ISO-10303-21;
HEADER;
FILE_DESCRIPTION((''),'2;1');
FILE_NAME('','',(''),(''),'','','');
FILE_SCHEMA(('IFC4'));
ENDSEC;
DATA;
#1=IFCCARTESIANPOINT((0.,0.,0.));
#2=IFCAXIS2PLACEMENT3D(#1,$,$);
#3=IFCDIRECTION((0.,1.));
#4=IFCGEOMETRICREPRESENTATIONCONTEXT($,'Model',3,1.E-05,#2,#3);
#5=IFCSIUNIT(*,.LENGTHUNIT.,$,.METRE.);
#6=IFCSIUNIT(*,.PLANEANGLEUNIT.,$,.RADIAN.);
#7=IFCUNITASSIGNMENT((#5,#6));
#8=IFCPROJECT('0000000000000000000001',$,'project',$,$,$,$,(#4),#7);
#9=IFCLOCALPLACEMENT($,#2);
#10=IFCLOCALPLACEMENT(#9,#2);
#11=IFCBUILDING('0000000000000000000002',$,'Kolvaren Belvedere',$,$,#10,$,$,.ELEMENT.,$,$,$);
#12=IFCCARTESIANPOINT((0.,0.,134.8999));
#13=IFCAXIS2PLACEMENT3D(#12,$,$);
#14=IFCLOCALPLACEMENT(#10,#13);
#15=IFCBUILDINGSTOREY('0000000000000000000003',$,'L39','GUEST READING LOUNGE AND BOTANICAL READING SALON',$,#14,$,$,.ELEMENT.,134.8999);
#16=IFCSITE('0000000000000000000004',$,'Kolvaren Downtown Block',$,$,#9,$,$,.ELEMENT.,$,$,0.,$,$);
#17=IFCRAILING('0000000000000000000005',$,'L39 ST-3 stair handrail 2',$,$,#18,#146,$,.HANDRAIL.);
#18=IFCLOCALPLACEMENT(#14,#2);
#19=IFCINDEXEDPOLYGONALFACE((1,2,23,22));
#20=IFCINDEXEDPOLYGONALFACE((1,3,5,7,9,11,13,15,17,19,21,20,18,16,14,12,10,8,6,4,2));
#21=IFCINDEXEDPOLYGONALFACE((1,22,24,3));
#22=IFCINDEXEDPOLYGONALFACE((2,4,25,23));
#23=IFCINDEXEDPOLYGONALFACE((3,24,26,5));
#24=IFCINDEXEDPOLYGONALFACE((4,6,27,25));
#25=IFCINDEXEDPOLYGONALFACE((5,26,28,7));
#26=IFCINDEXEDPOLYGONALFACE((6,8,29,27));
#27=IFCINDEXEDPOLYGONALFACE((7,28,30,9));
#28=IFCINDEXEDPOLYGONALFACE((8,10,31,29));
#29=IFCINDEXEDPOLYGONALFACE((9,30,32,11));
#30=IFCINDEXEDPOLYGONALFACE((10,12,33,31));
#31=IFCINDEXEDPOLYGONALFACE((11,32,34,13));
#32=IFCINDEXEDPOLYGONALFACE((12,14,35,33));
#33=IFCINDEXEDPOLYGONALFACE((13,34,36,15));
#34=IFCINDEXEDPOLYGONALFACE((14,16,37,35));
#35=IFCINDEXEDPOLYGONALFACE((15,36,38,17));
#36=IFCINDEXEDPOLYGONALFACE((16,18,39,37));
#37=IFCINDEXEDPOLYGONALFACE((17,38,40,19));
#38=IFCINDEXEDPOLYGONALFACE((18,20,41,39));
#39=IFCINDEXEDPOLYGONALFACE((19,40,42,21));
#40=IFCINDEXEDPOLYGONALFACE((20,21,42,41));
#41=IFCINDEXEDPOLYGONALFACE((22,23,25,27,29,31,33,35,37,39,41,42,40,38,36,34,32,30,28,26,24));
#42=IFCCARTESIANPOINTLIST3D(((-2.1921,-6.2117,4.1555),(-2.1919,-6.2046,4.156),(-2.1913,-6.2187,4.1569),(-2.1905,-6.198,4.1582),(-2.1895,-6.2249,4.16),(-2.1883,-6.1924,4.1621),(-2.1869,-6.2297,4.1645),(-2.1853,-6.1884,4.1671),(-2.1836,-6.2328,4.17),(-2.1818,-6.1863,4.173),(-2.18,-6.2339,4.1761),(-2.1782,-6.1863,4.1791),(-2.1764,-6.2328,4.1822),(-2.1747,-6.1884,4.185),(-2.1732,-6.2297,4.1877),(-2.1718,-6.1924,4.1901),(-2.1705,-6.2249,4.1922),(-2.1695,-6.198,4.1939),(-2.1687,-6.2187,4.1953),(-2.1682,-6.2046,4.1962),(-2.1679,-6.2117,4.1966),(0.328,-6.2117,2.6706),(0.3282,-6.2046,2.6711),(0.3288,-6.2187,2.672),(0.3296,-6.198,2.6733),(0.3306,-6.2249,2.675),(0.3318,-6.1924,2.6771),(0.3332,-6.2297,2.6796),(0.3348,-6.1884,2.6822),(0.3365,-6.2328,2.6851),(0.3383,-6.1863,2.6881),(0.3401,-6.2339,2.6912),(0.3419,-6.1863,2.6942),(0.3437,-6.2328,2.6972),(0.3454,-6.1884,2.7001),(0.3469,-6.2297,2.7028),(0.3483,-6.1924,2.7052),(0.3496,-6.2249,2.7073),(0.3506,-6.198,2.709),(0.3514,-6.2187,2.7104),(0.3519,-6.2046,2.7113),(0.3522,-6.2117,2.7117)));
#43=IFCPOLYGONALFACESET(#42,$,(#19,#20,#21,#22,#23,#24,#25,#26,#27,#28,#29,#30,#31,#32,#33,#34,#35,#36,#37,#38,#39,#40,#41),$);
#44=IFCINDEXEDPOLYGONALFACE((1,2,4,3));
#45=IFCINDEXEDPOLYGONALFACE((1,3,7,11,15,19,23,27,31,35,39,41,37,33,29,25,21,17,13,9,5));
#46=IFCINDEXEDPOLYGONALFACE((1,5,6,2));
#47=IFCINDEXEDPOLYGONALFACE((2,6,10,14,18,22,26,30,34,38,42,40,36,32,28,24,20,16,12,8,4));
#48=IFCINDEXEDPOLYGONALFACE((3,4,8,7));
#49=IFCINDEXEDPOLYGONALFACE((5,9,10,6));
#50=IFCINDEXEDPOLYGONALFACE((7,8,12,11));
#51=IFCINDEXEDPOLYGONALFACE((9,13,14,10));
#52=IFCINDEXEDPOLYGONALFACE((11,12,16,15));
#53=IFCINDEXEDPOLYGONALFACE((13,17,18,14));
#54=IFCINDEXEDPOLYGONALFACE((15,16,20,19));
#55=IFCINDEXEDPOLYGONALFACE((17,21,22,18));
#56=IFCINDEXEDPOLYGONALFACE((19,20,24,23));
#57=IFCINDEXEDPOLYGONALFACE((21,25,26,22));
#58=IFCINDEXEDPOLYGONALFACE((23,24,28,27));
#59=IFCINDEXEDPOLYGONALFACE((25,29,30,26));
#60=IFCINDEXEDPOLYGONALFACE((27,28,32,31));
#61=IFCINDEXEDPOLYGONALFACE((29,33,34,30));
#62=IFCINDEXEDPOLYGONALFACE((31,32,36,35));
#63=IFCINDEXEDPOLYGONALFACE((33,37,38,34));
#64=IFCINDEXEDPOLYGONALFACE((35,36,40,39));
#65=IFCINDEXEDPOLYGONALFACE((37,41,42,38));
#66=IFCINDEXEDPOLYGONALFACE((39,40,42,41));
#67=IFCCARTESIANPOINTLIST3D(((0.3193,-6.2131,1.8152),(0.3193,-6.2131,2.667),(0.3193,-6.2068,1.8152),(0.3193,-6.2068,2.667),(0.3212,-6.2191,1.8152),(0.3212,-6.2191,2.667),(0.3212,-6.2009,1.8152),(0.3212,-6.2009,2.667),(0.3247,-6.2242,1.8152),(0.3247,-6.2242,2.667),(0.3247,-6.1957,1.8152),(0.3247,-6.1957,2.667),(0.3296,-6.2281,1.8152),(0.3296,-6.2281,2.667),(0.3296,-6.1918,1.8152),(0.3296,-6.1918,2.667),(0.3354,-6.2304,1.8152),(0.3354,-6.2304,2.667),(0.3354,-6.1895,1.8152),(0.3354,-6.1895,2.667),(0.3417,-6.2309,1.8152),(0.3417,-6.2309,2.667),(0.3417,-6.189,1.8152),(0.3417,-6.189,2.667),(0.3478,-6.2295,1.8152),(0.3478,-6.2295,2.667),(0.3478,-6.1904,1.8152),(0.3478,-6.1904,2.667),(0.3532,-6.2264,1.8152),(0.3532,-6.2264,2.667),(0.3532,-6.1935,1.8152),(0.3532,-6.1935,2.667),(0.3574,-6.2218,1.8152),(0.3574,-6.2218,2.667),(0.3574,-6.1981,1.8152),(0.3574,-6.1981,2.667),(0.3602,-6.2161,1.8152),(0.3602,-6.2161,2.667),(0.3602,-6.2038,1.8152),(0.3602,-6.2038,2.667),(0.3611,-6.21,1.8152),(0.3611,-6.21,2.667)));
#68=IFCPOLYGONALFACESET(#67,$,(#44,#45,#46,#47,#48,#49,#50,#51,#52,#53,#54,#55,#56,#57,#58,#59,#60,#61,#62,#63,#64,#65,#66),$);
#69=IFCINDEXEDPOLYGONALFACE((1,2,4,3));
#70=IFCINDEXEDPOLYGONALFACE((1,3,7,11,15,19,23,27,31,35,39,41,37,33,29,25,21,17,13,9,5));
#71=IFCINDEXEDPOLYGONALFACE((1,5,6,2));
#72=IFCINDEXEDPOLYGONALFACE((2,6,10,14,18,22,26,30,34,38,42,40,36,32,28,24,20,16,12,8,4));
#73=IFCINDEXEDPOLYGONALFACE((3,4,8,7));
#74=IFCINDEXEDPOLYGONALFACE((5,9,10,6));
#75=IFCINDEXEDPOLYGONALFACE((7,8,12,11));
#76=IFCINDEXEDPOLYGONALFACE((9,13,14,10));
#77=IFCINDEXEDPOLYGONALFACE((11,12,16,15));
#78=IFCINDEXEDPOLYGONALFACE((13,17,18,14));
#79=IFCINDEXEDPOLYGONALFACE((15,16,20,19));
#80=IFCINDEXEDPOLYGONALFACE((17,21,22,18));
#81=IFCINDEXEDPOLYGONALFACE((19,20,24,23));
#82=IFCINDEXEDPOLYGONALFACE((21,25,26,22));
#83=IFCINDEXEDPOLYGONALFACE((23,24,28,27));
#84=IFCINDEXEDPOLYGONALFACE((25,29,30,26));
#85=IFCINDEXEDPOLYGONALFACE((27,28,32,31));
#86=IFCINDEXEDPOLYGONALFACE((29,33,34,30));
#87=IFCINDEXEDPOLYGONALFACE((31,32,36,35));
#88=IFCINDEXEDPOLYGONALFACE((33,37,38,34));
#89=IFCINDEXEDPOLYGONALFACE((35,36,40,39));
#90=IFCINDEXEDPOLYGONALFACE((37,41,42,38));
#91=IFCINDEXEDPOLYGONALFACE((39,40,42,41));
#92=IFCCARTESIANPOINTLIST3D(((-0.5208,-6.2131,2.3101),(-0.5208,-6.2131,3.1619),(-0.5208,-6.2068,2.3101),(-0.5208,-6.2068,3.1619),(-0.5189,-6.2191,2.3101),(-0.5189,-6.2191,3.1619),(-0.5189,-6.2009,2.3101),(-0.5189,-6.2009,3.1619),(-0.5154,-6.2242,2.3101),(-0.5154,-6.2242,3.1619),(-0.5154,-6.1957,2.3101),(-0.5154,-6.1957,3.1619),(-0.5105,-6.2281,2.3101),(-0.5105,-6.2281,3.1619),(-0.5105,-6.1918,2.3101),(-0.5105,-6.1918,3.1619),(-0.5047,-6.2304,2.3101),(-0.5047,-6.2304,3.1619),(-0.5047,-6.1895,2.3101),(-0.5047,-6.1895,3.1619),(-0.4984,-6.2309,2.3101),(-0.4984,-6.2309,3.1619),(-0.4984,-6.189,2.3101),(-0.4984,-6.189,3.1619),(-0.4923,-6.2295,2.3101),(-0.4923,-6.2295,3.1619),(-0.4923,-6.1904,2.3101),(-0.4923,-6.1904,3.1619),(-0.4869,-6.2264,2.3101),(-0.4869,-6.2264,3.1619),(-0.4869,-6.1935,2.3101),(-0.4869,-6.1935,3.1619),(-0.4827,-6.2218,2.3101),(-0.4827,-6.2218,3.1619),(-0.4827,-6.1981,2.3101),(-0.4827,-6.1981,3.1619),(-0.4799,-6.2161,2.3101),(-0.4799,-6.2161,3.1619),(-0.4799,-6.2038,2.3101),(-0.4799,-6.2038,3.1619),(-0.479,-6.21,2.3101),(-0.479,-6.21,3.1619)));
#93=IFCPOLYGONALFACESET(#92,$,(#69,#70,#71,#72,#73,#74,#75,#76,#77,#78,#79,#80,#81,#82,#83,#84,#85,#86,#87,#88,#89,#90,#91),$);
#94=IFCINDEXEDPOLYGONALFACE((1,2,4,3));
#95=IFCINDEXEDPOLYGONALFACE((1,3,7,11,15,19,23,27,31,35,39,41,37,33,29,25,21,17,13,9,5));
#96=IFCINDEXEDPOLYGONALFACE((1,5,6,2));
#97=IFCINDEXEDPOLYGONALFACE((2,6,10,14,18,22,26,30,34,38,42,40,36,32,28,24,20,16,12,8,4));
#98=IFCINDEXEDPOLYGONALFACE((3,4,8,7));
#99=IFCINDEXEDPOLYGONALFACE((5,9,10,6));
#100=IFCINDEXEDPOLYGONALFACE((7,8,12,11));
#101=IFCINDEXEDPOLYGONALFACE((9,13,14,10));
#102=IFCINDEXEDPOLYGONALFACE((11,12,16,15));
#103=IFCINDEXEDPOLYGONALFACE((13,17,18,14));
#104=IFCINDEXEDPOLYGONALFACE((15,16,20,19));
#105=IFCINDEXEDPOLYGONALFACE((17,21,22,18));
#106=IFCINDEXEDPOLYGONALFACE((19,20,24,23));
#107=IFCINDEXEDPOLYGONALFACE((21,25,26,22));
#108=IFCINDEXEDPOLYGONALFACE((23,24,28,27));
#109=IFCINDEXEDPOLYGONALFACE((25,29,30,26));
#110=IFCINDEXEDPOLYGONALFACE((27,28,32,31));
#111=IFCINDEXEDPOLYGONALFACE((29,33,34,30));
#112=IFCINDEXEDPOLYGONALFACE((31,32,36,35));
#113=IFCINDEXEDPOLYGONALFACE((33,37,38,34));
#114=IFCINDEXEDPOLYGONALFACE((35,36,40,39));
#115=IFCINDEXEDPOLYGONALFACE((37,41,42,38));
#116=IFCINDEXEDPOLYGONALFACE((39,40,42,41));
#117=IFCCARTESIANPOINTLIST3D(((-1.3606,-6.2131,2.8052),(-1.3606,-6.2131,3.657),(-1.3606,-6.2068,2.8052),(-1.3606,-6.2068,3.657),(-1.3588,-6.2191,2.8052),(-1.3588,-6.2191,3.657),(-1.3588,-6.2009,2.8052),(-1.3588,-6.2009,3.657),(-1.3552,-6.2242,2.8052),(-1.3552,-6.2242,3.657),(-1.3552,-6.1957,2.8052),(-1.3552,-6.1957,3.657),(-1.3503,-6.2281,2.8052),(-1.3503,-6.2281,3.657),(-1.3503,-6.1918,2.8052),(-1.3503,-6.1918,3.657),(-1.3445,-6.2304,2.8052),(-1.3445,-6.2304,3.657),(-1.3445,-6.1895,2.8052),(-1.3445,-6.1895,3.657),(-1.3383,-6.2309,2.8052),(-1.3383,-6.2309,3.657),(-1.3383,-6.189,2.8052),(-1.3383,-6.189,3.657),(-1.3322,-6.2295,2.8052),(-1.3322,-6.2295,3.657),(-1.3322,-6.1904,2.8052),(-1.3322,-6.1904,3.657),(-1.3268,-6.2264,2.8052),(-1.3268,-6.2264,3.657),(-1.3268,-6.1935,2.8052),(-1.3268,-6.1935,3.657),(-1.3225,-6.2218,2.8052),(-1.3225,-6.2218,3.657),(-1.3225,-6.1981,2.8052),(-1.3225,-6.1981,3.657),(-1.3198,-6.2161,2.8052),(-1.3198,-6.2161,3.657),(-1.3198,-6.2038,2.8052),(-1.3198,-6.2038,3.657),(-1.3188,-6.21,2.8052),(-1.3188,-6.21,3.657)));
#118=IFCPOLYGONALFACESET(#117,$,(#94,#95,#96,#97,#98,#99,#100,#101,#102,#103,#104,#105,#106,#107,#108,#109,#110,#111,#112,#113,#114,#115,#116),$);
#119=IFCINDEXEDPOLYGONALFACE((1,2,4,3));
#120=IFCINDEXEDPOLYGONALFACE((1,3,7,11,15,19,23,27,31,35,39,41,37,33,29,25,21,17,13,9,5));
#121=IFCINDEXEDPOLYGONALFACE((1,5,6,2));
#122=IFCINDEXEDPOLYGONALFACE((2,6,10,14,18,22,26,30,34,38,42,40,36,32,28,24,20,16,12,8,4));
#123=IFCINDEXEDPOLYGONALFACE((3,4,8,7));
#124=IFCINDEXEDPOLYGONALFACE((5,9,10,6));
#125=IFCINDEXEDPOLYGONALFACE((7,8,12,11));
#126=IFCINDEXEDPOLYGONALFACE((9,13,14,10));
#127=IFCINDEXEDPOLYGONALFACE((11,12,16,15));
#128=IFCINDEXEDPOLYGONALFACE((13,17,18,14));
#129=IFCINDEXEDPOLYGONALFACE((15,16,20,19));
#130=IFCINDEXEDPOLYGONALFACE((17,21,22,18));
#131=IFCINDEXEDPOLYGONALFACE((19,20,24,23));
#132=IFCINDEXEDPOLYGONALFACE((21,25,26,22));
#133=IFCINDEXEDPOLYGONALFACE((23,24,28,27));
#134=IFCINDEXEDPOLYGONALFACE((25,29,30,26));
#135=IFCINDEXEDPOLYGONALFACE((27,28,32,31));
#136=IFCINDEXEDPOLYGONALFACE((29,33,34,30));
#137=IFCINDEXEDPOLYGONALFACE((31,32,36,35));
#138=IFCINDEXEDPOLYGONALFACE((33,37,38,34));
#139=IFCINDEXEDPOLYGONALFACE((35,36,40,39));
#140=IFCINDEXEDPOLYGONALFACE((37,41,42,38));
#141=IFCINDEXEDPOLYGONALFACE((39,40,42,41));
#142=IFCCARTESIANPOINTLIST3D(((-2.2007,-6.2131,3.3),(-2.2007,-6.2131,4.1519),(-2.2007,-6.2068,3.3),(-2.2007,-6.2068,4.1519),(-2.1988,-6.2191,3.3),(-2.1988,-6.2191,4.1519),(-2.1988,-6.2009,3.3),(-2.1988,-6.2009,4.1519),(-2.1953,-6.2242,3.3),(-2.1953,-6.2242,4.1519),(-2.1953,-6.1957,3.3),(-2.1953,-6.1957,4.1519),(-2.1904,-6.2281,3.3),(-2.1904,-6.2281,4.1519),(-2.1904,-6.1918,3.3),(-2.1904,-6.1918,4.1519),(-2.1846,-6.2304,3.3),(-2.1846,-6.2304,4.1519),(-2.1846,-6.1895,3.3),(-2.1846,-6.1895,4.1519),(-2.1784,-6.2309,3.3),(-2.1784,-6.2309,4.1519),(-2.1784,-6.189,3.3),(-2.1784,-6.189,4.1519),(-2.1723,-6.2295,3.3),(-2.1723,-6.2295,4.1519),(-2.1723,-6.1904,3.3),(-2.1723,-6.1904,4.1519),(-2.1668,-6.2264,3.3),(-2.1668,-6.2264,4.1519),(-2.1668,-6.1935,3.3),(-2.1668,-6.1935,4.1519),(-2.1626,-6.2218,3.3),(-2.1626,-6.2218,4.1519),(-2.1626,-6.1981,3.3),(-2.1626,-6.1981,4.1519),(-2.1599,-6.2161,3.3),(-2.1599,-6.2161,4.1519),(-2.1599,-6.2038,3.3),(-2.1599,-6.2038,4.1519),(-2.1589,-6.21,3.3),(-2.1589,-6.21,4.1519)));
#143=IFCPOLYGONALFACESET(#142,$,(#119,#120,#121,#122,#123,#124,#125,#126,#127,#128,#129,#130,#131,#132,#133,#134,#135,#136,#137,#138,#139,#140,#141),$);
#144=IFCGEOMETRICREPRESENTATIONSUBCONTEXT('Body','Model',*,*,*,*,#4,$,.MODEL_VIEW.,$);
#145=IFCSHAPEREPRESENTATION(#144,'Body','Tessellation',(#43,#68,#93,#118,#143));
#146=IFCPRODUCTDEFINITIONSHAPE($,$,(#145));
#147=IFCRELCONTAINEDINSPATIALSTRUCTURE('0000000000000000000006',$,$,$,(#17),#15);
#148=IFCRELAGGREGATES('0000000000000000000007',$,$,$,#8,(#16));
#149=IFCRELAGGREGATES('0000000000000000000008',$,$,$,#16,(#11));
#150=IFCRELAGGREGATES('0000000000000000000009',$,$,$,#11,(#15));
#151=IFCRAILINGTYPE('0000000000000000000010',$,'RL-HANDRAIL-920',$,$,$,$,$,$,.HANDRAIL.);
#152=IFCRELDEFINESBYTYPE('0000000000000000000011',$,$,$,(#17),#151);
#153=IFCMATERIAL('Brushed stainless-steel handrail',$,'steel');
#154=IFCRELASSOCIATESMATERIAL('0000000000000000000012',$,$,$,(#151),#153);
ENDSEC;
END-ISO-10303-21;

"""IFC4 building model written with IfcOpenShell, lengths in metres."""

from ifc_helpers import new_model, si_unit, direction, frame, origin, origin_2d, place, context, subcontext, project, spatial, circle, extrude, material, type_object, element, save


model = new_model("IFC4")

# Units and contexts
model_context = context("Model", 3, precision=1e-05, world=origin(), true_north=direction((0.0, 1.0)))
body_context = subcontext(model_context, "Body", "Model", "MODEL_VIEW")
ifc_project = project(units=[si_unit("LENGTHUNIT", "METRE"), si_unit("PLANEANGLEUNIT", "RADIAN")], contexts=[model_context])

# Site, building, storey
site_placement = place(None, origin())
site = spatial("IfcSite", under=ifc_project, at=site_placement, Name="Kolvaren Downtown Block", CompositionType="ELEMENT", RefElevation=0.0)
building_placement = place(site_placement, origin())
building = spatial("IfcBuilding", under=site, at=building_placement, Name="Kolvaren Belvedere", CompositionType="ELEMENT")
storey_placement = place(building_placement, frame((0.0, 0.0, 134.8999)))
storey = spatial("IfcBuildingStorey", under=building, at=storey_placement, Name="L39", Description="GUEST READING LOUNGE AND BOTANICAL READING SALON", CompositionType="ELEMENT", Elevation=134.8999)

# Railing
ifc_material_1 = material(Name="Brushed stainless-steel handrail", Category="steel")
railing_type_1 = type_object("IfcRailingType", Name="RL-HANDRAIL-920", PredefinedType="HANDRAIL", material=ifc_material_1)
railing_1_placement = place(storey_placement, frame((0.3401, -6.21, 1.8152)))
element("IfcRailing", 1, at=railing_1_placement, inside=storey, type_object=railing_type_1, Name="L39 ST-3 stair handrail 2", PredefinedType="HANDRAIL", context=body_context, shape_type="SweptSolid", body=[
    extrude(circle(Radius=0.0239, at=origin_2d()), frame((0.0, 0.0, 0.876), z_axis=(-0.861561, 0.0, 0.507655), x_axis=(0.0, -1.0, 0.0)), (0.0, 0.0, 1.0), 2.925),
    extrude(circle(Radius=0.021, at=origin_2d()), origin(), (0.0, 0.0, 1.0), 0.8518),
    extrude(circle(Radius=0.021, at=origin_2d()), frame((-0.8401, 0.0, 0.4949)), (0.0, 0.0, 1.0), 0.8518),
    extrude(circle(Radius=0.021, at=origin_2d()), frame((-1.6799, 0.0, 0.99)), (0.0, 0.0, 1.0), 0.8518),
    extrude(circle(Radius=0.021, at=origin_2d()), frame((-2.52, 0.0, 1.4849)), (0.0, 0.0, 1.0), 0.8518),
])

save(model, "model.ifc")
